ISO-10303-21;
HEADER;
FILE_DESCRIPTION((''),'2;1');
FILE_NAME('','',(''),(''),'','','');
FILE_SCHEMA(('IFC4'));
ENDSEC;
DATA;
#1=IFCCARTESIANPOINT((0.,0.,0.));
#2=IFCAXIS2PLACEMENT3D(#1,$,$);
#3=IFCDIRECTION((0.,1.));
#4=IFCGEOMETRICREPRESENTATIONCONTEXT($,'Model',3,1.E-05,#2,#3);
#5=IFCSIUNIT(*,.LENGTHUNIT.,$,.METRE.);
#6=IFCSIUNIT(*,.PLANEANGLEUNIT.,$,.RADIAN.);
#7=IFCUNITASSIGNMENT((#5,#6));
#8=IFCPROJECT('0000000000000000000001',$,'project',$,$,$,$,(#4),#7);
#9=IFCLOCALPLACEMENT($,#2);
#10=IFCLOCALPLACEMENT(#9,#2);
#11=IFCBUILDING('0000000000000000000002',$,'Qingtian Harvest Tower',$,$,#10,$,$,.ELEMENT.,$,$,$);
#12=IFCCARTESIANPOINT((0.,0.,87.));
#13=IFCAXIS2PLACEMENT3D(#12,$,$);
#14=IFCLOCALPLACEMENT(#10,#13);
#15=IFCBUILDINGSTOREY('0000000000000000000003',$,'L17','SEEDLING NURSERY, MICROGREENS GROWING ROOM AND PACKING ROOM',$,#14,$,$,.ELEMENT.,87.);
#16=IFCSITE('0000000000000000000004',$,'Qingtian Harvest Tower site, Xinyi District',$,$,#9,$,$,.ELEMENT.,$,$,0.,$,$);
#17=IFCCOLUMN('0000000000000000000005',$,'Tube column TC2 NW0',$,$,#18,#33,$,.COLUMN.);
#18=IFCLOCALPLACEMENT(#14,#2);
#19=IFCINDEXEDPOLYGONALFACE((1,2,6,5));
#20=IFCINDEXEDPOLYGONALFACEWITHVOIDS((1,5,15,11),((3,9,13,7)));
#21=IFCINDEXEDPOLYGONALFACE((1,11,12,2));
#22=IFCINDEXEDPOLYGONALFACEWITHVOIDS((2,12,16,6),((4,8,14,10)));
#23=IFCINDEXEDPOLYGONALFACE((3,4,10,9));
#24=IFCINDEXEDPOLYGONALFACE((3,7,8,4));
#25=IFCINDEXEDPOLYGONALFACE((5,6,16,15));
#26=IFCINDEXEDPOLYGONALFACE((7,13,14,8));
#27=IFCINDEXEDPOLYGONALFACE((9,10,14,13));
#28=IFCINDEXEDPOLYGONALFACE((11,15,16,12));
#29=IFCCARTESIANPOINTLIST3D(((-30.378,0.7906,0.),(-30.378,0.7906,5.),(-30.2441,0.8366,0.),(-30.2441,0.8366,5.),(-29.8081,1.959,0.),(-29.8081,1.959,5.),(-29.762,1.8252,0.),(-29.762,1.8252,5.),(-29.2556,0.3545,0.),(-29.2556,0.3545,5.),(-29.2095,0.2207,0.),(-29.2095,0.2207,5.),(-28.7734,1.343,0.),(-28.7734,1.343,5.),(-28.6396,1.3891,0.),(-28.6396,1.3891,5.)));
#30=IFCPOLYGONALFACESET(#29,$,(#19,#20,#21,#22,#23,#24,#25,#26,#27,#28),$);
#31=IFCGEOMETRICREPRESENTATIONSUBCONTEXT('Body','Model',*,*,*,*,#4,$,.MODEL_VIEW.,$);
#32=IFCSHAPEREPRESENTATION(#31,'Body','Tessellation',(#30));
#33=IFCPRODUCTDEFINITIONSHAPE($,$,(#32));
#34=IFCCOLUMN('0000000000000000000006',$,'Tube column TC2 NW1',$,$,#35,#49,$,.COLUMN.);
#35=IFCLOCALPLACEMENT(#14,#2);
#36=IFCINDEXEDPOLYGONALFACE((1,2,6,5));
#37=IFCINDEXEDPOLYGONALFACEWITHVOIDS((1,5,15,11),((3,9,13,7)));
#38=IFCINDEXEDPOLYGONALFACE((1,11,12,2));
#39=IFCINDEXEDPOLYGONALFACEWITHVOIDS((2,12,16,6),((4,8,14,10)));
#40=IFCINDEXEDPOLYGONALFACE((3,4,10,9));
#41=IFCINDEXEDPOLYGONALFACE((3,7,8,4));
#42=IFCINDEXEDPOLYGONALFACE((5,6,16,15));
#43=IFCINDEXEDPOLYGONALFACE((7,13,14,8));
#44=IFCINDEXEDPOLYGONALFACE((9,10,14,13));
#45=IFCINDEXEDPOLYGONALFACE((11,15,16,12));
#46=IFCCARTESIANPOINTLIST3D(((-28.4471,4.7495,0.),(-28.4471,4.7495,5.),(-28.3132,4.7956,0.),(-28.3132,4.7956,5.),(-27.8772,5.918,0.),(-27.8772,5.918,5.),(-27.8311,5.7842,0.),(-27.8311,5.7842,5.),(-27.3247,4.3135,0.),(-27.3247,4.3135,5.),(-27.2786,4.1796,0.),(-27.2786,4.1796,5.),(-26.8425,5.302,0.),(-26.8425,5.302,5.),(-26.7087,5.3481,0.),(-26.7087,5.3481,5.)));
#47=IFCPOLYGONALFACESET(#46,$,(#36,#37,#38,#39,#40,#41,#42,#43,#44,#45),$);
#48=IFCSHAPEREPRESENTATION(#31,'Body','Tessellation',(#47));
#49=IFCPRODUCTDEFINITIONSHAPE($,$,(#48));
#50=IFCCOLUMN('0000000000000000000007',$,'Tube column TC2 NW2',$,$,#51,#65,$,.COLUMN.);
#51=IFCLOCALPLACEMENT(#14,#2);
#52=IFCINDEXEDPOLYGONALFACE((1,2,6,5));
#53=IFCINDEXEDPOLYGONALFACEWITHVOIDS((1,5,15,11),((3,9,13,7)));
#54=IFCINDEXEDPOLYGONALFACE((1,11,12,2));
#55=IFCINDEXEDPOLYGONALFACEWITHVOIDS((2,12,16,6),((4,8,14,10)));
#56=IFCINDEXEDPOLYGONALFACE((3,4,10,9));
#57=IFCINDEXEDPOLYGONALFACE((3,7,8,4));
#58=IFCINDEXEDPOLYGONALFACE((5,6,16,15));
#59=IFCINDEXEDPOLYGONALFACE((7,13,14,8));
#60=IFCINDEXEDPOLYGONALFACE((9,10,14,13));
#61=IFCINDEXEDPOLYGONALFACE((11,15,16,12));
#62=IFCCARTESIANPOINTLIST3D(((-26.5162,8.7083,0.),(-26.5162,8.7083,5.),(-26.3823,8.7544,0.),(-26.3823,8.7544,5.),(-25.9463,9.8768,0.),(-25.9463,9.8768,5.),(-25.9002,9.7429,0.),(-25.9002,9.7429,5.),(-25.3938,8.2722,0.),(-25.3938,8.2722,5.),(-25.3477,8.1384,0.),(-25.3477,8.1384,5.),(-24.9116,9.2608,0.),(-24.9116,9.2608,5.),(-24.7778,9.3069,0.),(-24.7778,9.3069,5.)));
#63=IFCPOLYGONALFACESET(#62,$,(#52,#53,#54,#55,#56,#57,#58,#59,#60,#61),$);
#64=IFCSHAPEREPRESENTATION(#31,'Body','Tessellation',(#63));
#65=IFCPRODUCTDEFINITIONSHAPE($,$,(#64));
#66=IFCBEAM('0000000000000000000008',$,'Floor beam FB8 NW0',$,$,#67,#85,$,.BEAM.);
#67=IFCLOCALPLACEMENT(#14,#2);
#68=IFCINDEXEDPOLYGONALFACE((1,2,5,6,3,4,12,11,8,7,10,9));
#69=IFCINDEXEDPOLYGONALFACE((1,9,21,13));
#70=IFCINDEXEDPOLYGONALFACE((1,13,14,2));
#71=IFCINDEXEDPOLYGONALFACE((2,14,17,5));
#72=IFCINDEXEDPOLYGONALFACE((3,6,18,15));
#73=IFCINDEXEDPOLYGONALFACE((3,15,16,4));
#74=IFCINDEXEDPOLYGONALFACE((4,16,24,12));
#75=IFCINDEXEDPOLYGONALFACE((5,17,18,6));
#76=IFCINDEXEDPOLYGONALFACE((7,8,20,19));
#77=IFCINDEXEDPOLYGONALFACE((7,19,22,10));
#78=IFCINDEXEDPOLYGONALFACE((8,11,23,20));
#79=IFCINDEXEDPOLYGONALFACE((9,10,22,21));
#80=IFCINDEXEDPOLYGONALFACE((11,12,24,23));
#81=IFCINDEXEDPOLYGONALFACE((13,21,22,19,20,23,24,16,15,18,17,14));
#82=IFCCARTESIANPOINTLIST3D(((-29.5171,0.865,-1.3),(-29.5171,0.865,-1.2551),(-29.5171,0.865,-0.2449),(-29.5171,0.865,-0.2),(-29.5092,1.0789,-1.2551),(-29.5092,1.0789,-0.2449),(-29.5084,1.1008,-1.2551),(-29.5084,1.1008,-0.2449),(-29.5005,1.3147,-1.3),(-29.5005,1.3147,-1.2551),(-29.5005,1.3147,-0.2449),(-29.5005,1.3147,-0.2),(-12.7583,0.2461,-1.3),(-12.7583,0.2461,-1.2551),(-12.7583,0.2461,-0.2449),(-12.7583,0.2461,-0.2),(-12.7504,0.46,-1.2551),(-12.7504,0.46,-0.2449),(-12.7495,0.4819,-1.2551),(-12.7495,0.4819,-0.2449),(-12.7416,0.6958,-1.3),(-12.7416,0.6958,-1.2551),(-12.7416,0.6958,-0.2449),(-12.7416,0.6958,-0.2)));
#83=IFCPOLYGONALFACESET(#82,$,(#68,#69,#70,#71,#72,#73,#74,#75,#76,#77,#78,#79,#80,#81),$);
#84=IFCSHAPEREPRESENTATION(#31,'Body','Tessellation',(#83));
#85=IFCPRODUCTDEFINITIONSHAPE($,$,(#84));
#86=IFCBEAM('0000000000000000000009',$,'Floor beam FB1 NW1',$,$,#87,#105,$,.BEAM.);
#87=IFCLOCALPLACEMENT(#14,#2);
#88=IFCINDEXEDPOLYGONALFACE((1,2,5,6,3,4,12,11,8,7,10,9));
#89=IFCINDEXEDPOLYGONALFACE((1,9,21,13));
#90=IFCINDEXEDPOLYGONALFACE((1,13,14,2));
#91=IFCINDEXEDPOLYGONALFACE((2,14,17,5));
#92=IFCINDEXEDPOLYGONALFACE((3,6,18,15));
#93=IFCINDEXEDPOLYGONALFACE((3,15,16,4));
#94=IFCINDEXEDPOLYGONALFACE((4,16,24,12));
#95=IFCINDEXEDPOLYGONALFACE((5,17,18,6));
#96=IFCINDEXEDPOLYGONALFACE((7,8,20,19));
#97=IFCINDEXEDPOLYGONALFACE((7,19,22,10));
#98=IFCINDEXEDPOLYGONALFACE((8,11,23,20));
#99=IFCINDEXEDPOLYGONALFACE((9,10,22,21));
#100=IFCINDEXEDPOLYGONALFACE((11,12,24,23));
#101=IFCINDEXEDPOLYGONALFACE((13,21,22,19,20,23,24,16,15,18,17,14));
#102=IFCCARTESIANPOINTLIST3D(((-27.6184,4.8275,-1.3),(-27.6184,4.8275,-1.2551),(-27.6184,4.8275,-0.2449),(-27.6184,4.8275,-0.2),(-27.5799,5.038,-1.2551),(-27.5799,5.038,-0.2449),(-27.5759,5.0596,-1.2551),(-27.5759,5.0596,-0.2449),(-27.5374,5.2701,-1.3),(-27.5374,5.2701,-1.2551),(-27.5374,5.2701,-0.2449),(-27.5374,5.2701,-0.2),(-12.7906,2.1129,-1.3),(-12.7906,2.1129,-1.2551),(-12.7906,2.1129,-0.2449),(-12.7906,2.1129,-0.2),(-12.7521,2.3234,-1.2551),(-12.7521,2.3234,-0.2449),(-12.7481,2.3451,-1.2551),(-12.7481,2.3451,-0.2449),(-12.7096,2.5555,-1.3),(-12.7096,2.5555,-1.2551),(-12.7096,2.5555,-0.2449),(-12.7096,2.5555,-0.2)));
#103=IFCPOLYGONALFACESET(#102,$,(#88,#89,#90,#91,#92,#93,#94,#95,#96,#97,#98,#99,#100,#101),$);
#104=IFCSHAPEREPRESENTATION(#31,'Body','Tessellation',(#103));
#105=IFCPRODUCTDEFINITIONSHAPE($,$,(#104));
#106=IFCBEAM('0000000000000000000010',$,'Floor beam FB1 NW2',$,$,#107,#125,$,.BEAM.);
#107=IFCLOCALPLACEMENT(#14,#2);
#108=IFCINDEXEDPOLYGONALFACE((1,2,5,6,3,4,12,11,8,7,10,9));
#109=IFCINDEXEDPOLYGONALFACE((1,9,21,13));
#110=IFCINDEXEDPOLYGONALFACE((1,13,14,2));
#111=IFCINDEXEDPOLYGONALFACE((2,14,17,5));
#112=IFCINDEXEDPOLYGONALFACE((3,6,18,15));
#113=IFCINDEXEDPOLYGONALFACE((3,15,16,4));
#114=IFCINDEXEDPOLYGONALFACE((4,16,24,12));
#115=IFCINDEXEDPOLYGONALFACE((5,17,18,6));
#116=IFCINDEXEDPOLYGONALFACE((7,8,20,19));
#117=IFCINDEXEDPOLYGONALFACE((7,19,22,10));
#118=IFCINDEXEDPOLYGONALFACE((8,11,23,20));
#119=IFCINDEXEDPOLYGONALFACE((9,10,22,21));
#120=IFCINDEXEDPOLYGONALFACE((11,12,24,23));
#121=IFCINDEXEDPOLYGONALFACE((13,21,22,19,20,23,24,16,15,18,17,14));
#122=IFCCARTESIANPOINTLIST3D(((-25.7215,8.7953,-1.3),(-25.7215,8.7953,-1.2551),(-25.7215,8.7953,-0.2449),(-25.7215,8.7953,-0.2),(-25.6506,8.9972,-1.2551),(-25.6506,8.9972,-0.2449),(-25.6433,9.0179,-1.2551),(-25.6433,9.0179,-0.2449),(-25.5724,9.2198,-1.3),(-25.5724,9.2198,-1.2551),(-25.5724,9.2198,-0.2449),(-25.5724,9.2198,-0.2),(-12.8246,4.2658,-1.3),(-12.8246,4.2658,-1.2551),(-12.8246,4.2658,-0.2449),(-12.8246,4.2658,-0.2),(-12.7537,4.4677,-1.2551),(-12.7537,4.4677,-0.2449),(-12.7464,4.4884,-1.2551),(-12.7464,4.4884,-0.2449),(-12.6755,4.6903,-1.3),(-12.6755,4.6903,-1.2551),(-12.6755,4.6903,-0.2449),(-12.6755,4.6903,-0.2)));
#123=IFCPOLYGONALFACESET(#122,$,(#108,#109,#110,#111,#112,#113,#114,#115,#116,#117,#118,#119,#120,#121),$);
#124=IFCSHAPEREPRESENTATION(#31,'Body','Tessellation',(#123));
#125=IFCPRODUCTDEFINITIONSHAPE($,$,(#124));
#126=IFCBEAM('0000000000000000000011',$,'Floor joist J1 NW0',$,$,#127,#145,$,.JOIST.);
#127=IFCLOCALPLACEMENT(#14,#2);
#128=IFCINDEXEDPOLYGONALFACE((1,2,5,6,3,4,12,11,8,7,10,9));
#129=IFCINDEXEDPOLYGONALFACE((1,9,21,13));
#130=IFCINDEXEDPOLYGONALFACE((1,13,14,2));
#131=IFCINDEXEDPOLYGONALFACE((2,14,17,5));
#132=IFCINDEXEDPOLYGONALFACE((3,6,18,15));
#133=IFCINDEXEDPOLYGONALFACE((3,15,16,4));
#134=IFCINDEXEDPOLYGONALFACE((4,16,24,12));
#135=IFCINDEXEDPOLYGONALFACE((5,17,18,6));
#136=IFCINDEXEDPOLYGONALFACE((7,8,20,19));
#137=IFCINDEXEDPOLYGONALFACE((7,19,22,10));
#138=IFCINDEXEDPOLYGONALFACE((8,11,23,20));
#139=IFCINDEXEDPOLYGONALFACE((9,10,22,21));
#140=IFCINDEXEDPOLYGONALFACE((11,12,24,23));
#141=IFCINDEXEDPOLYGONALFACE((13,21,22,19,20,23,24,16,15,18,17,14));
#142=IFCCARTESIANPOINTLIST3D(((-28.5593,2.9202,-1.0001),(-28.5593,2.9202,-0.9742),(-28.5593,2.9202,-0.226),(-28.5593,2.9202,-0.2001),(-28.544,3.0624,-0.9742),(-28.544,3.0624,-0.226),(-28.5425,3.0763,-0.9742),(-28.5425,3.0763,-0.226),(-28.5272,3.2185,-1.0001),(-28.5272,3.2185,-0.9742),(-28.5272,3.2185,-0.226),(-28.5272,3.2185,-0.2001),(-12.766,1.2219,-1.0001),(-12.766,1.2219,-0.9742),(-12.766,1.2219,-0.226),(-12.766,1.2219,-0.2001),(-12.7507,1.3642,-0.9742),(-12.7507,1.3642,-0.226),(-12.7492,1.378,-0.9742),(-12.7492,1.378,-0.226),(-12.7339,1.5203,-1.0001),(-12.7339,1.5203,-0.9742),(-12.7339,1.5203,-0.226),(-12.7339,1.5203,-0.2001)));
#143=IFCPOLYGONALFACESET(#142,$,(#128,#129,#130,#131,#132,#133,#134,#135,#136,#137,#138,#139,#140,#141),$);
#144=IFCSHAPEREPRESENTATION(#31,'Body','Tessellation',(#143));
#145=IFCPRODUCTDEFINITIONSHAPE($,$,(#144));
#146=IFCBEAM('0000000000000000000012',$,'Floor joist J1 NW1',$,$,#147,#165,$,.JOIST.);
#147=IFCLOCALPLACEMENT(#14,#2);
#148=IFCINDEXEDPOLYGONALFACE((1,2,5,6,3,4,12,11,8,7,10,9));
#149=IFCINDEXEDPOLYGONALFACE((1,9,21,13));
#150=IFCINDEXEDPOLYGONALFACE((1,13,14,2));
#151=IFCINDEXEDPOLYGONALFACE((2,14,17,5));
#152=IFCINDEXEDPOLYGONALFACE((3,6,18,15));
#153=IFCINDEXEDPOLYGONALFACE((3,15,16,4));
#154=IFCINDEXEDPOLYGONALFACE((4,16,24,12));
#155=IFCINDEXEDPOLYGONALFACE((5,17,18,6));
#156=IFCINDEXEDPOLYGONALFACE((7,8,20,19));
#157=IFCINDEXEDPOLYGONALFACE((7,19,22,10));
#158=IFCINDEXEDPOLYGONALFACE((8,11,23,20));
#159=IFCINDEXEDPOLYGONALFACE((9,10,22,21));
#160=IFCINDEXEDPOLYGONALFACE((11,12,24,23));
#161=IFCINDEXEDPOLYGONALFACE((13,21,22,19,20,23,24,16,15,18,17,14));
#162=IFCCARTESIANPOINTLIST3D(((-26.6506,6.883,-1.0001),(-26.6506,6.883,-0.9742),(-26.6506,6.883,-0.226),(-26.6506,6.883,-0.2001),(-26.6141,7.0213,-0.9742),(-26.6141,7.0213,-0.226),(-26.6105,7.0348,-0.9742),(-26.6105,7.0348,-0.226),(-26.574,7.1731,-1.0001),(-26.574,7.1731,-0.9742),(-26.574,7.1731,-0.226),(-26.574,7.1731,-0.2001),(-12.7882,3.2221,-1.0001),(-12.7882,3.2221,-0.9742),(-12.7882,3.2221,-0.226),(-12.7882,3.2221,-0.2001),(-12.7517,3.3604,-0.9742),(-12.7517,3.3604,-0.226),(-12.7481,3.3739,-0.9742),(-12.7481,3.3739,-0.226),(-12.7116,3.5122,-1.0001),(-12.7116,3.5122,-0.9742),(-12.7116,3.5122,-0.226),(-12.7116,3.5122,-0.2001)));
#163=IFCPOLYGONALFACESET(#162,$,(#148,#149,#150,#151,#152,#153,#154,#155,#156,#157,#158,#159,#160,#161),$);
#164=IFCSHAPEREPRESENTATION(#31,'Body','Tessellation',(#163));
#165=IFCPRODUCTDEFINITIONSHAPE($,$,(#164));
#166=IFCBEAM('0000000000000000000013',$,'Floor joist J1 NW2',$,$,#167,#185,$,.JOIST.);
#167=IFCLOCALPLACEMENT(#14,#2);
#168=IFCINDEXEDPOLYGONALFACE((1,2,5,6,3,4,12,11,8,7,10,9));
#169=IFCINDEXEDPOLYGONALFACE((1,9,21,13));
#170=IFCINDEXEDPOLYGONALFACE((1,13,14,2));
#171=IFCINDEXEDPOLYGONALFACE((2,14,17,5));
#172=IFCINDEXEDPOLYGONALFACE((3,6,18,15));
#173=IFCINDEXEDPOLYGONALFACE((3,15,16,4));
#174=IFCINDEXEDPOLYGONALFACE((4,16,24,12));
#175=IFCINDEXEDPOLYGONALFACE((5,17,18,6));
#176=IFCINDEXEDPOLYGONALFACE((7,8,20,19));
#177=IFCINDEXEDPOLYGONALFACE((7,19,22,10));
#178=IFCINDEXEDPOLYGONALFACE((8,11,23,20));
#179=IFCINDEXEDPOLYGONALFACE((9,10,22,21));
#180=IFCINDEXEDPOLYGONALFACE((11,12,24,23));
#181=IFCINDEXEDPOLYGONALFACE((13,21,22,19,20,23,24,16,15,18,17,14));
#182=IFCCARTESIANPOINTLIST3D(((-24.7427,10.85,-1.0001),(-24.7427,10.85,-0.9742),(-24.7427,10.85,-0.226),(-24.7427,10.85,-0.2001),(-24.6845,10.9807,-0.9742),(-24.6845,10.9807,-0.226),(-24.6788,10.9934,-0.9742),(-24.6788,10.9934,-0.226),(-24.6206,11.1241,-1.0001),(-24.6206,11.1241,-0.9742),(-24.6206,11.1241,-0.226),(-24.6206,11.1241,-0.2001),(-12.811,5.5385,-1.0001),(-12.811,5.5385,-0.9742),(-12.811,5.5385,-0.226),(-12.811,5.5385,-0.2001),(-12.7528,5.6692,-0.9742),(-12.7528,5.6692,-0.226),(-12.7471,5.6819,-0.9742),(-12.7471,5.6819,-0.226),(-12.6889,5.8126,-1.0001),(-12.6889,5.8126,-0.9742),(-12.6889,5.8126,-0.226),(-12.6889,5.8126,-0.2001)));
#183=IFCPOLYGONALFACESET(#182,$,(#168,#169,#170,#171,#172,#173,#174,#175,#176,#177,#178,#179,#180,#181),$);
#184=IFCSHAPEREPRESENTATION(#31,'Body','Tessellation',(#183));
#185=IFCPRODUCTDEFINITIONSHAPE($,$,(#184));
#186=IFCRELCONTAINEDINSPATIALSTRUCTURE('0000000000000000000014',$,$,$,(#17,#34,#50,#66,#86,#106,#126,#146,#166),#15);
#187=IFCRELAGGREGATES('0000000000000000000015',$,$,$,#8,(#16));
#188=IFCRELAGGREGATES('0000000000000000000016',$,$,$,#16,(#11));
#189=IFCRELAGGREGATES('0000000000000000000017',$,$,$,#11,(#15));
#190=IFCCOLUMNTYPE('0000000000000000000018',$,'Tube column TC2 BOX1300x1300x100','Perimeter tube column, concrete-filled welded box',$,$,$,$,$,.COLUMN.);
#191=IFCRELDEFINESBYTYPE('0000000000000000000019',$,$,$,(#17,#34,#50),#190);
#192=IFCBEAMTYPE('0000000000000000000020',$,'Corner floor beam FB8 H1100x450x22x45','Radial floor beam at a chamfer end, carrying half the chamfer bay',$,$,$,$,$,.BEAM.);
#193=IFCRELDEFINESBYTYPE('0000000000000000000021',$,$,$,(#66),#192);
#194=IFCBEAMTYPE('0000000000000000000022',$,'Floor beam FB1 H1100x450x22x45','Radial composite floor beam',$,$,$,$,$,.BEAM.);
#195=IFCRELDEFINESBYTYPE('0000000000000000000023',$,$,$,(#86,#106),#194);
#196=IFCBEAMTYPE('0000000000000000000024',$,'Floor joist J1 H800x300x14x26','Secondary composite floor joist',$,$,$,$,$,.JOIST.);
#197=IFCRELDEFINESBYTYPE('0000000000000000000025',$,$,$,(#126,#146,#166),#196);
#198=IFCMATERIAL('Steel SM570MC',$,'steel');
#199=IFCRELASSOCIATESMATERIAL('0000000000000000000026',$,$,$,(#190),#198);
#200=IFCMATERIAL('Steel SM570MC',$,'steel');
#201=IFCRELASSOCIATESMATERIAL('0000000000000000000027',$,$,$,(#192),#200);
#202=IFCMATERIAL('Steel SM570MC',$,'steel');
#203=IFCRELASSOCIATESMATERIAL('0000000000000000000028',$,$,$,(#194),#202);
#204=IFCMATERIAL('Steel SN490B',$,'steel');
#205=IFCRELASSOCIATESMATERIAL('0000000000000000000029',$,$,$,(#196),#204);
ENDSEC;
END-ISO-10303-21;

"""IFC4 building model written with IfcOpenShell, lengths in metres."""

from ifc_helpers import new_model, si_unit, direction, frame, origin, origin_2d, place, context, subcontext, project, spatial, hollow_rectangle, i_section, extrude, material, material_profile, profile_set, type_object, element, save


model = new_model("IFC4")

# Units and contexts
model_context = context("Model", 3, precision=1e-05, world=origin(), true_north=direction((0.0, 1.0)))
body_context = subcontext(model_context, "Body", "Model", "MODEL_VIEW")
ifc_project = project(units=[si_unit("LENGTHUNIT", "METRE"), si_unit("PLANEANGLEUNIT", "RADIAN")], contexts=[model_context])

# Site, building, storey
site_placement = place(None, origin())
site = spatial("IfcSite", under=ifc_project, at=site_placement, Name="Qingtian Harvest Tower site, Xinyi District", CompositionType="ELEMENT", RefElevation=0.0)
building_placement = place(site_placement, origin())
building = spatial("IfcBuilding", under=site, at=building_placement, Name="Qingtian Harvest Tower", CompositionType="ELEMENT")
storey_placement = place(building_placement, frame((0.0, 0.0, 87.0)))
storey = spatial("IfcBuildingStorey", under=building, at=storey_placement, Name="L17", Description="SEEDLING NURSERY, MICROGREENS GROWING ROOM AND PACKING ROOM", CompositionType="ELEMENT", Elevation=87.0)

# Columns
ifc_material_1 = material(Name="Steel SM570MC", Category="steel")
ifc_material_profile_1 = material_profile(ifc_material_1, hollow_rectangle(XDim=1.3, YDim=1.3, WallThickness=0.1001, at=origin_2d()), Name="BOX1300x1300x100")
ifc_profile_set_1 = profile_set([ifc_material_profile_1], Name="Steel SM570MC")
column_type = type_object("IfcColumnType", Name="Tube column TC2 BOX1300x1300x100", Description="Perimeter tube column, concrete-filled welded box", PredefinedType="COLUMN", material=ifc_profile_set_1)
for number, where, z_axis, x_axis, name in (
    (1, (-29.5088, 1.0898, 0.0), (0.0, 0.0, 1.0), (-0.438371, -0.898794, 0.0), "Tube column TC2 NW0"),
    (2, (-27.5779, 5.0488, 0.0), (0.0, 0.0, 1.0), (-0.438371, -0.898794, 0.0), "Tube column TC2 NW1"),
    (3, (-25.647, 9.0076, 0.0), (0.0, 0.0, 1.0), (-0.438371, -0.898794, 0.0), "Tube column TC2 NW2"),
):
    element("IfcColumn", number, at=place(storey_placement, frame(where, z_axis=z_axis, x_axis=x_axis)), inside=storey, type_object=column_type, Name=name, PredefinedType="COLUMN", context=body_context, shape_type="SweptSolid", body=[
        extrude(hollow_rectangle(XDim=1.3, YDim=1.3, WallThickness=0.1001, at=origin_2d()), origin(), (0.0, 0.0, 1.0), 5.0),
    ])

# Beams
ifc_material_2 = material(Name="Steel SM570MC", Category="steel")
ifc_material_profile_2 = material_profile(ifc_material_2, i_section(OverallWidth=0.45, OverallDepth=1.1001, WebThickness=0.022, FlangeThickness=0.0449, at=origin_2d()), Name="H1100x450x22x45")
ifc_profile_set_2 = profile_set([ifc_material_profile_2], Name="Steel SM570MC")
beam_type_1 = type_object("IfcBeamType", Name="Corner floor beam FB8 H1100x450x22x45", Description="Radial floor beam at a chamfer end, carrying half the chamfer bay", PredefinedType="BEAM", material=ifc_profile_set_2)
beam_1_placement = place(storey_placement, frame((-29.5088, 1.0898, -0.75), z_axis=(0.999319, -0.036905, 0.0), x_axis=(0.036905, 0.999319, 0.0)))
element("IfcBeam", 4, at=beam_1_placement, inside=storey, type_object=beam_type_1, Name="Floor beam FB8 NW0", PredefinedType="BEAM", context=body_context, shape_type="SweptSolid", body=[
    extrude(i_section(OverallWidth=0.45, OverallDepth=1.1001, WebThickness=0.022, FlangeThickness=0.0449, at=origin_2d()), origin(), (0.0, 0.0, 1.0), 16.7703),
])
ifc_material_3 = material(Name="Steel SM570MC", Category="steel")
ifc_material_profile_3 = material_profile(ifc_material_3, i_section(OverallWidth=0.45, OverallDepth=1.1001, WebThickness=0.022, FlangeThickness=0.0449, at=origin_2d()), Name="H1100x450x22x45")
ifc_profile_set_3 = profile_set([ifc_material_profile_3], Name="Steel SM570MC")
beam_type_2 = type_object("IfcBeamType", Name="Floor beam FB1 H1100x450x22x45", Description="Radial composite floor beam", PredefinedType="BEAM", material=ifc_profile_set_3)
beam_2_placement = place(storey_placement, frame((-27.5779, 5.0488, -0.75), z_axis=(0.983652, -0.180081, 0.0), x_axis=(0.180081, 0.983652, 0.0)))
element("IfcBeam", 5, at=beam_2_placement, inside=storey, type_object=beam_type_2, Name="Floor beam FB1 NW1", PredefinedType="BEAM", context=body_context, shape_type="SweptSolid", body=[
    extrude(i_section(OverallWidth=0.45, OverallDepth=1.1001, WebThickness=0.022, FlangeThickness=0.0449, at=origin_2d()), origin(), (0.0, 0.0, 1.0), 15.0742),
])
beam_3_placement = place(storey_placement, frame((-25.647, 9.0076, -0.75), z_axis=(0.943502, -0.331367, 0.0), x_axis=(0.331367, 0.943502, 0.0)))
element("IfcBeam", 6, at=beam_3_placement, inside=storey, type_object=beam_type_2, Name="Floor beam FB1 NW2", PredefinedType="BEAM", context=body_context, shape_type="SweptSolid", body=[
    extrude(i_section(OverallWidth=0.45, OverallDepth=1.1001, WebThickness=0.022, FlangeThickness=0.0449, at=origin_2d()), origin(), (0.0, 0.0, 1.0), 13.6692),
])
ifc_material_4 = material(Name="Steel SN490B", Category="steel")
ifc_material_profile_4 = material_profile(ifc_material_4, i_section(OverallWidth=0.3, OverallDepth=0.8, WebThickness=0.0139, FlangeThickness=0.0259, at=origin_2d()), Name="H800x300x14x26")
ifc_profile_set_4 = profile_set([ifc_material_profile_4], Name="Steel SN490B")
beam_type_3 = type_object("IfcBeamType", Name="Floor joist J1 H800x300x14x26", Description="Secondary composite floor joist", PredefinedType="JOIST", material=ifc_profile_set_4)
beam_4_placement = place(storey_placement, frame((-28.5432, 3.0693, -0.6001), z_axis=(0.994268, -0.106914, 0.0), x_axis=(0.106914, 0.994268, 0.0)))
element("IfcBeam", 7, at=beam_4_placement, inside=storey, type_object=beam_type_3, Name="Floor joist J1 NW0", PredefinedType="JOIST", context=body_context, shape_type="SweptSolid", body=[
    extrude(i_section(OverallWidth=0.3, OverallDepth=0.8, WebThickness=0.0139, FlangeThickness=0.0259, at=origin_2d()), origin(), (0.0, 0.0, 1.0), 15.8843),
])
beam_5_placement = place(storey_placement, frame((-26.6123, 7.0281, -0.6001), z_axis=(0.966852, -0.255336, 0.0), x_axis=(0.255336, 0.966852, 0.0)))
element("IfcBeam", 8, at=beam_5_placement, inside=storey, type_object=beam_type_3, Name="Floor joist J1 NW1", PredefinedType="JOIST", context=body_context, shape_type="SweptSolid", body=[
    extrude(i_section(OverallWidth=0.3, OverallDepth=0.8, WebThickness=0.0139, FlangeThickness=0.0259, at=origin_2d()), origin(), (0.0, 0.0, 1.0), 14.3376),
])
beam_6_placement = place(storey_placement, frame((-24.6816, 10.9871, -0.6001), z_axis=(0.913568, -0.406686, 0.0), x_axis=(0.406686, 0.913568, 0.0)))
element("IfcBeam", 9, at=beam_6_placement, inside=storey, type_object=beam_type_3, Name="Floor joist J1 NW2", PredefinedType="JOIST", context=body_context, shape_type="SweptSolid", body=[
    extrude(i_section(OverallWidth=0.3, OverallDepth=0.8, WebThickness=0.0139, FlangeThickness=0.0259, at=origin_2d()), origin(), (0.0, 0.0, 1.0), 13.0605),
])

save(model, "model.ifc")
